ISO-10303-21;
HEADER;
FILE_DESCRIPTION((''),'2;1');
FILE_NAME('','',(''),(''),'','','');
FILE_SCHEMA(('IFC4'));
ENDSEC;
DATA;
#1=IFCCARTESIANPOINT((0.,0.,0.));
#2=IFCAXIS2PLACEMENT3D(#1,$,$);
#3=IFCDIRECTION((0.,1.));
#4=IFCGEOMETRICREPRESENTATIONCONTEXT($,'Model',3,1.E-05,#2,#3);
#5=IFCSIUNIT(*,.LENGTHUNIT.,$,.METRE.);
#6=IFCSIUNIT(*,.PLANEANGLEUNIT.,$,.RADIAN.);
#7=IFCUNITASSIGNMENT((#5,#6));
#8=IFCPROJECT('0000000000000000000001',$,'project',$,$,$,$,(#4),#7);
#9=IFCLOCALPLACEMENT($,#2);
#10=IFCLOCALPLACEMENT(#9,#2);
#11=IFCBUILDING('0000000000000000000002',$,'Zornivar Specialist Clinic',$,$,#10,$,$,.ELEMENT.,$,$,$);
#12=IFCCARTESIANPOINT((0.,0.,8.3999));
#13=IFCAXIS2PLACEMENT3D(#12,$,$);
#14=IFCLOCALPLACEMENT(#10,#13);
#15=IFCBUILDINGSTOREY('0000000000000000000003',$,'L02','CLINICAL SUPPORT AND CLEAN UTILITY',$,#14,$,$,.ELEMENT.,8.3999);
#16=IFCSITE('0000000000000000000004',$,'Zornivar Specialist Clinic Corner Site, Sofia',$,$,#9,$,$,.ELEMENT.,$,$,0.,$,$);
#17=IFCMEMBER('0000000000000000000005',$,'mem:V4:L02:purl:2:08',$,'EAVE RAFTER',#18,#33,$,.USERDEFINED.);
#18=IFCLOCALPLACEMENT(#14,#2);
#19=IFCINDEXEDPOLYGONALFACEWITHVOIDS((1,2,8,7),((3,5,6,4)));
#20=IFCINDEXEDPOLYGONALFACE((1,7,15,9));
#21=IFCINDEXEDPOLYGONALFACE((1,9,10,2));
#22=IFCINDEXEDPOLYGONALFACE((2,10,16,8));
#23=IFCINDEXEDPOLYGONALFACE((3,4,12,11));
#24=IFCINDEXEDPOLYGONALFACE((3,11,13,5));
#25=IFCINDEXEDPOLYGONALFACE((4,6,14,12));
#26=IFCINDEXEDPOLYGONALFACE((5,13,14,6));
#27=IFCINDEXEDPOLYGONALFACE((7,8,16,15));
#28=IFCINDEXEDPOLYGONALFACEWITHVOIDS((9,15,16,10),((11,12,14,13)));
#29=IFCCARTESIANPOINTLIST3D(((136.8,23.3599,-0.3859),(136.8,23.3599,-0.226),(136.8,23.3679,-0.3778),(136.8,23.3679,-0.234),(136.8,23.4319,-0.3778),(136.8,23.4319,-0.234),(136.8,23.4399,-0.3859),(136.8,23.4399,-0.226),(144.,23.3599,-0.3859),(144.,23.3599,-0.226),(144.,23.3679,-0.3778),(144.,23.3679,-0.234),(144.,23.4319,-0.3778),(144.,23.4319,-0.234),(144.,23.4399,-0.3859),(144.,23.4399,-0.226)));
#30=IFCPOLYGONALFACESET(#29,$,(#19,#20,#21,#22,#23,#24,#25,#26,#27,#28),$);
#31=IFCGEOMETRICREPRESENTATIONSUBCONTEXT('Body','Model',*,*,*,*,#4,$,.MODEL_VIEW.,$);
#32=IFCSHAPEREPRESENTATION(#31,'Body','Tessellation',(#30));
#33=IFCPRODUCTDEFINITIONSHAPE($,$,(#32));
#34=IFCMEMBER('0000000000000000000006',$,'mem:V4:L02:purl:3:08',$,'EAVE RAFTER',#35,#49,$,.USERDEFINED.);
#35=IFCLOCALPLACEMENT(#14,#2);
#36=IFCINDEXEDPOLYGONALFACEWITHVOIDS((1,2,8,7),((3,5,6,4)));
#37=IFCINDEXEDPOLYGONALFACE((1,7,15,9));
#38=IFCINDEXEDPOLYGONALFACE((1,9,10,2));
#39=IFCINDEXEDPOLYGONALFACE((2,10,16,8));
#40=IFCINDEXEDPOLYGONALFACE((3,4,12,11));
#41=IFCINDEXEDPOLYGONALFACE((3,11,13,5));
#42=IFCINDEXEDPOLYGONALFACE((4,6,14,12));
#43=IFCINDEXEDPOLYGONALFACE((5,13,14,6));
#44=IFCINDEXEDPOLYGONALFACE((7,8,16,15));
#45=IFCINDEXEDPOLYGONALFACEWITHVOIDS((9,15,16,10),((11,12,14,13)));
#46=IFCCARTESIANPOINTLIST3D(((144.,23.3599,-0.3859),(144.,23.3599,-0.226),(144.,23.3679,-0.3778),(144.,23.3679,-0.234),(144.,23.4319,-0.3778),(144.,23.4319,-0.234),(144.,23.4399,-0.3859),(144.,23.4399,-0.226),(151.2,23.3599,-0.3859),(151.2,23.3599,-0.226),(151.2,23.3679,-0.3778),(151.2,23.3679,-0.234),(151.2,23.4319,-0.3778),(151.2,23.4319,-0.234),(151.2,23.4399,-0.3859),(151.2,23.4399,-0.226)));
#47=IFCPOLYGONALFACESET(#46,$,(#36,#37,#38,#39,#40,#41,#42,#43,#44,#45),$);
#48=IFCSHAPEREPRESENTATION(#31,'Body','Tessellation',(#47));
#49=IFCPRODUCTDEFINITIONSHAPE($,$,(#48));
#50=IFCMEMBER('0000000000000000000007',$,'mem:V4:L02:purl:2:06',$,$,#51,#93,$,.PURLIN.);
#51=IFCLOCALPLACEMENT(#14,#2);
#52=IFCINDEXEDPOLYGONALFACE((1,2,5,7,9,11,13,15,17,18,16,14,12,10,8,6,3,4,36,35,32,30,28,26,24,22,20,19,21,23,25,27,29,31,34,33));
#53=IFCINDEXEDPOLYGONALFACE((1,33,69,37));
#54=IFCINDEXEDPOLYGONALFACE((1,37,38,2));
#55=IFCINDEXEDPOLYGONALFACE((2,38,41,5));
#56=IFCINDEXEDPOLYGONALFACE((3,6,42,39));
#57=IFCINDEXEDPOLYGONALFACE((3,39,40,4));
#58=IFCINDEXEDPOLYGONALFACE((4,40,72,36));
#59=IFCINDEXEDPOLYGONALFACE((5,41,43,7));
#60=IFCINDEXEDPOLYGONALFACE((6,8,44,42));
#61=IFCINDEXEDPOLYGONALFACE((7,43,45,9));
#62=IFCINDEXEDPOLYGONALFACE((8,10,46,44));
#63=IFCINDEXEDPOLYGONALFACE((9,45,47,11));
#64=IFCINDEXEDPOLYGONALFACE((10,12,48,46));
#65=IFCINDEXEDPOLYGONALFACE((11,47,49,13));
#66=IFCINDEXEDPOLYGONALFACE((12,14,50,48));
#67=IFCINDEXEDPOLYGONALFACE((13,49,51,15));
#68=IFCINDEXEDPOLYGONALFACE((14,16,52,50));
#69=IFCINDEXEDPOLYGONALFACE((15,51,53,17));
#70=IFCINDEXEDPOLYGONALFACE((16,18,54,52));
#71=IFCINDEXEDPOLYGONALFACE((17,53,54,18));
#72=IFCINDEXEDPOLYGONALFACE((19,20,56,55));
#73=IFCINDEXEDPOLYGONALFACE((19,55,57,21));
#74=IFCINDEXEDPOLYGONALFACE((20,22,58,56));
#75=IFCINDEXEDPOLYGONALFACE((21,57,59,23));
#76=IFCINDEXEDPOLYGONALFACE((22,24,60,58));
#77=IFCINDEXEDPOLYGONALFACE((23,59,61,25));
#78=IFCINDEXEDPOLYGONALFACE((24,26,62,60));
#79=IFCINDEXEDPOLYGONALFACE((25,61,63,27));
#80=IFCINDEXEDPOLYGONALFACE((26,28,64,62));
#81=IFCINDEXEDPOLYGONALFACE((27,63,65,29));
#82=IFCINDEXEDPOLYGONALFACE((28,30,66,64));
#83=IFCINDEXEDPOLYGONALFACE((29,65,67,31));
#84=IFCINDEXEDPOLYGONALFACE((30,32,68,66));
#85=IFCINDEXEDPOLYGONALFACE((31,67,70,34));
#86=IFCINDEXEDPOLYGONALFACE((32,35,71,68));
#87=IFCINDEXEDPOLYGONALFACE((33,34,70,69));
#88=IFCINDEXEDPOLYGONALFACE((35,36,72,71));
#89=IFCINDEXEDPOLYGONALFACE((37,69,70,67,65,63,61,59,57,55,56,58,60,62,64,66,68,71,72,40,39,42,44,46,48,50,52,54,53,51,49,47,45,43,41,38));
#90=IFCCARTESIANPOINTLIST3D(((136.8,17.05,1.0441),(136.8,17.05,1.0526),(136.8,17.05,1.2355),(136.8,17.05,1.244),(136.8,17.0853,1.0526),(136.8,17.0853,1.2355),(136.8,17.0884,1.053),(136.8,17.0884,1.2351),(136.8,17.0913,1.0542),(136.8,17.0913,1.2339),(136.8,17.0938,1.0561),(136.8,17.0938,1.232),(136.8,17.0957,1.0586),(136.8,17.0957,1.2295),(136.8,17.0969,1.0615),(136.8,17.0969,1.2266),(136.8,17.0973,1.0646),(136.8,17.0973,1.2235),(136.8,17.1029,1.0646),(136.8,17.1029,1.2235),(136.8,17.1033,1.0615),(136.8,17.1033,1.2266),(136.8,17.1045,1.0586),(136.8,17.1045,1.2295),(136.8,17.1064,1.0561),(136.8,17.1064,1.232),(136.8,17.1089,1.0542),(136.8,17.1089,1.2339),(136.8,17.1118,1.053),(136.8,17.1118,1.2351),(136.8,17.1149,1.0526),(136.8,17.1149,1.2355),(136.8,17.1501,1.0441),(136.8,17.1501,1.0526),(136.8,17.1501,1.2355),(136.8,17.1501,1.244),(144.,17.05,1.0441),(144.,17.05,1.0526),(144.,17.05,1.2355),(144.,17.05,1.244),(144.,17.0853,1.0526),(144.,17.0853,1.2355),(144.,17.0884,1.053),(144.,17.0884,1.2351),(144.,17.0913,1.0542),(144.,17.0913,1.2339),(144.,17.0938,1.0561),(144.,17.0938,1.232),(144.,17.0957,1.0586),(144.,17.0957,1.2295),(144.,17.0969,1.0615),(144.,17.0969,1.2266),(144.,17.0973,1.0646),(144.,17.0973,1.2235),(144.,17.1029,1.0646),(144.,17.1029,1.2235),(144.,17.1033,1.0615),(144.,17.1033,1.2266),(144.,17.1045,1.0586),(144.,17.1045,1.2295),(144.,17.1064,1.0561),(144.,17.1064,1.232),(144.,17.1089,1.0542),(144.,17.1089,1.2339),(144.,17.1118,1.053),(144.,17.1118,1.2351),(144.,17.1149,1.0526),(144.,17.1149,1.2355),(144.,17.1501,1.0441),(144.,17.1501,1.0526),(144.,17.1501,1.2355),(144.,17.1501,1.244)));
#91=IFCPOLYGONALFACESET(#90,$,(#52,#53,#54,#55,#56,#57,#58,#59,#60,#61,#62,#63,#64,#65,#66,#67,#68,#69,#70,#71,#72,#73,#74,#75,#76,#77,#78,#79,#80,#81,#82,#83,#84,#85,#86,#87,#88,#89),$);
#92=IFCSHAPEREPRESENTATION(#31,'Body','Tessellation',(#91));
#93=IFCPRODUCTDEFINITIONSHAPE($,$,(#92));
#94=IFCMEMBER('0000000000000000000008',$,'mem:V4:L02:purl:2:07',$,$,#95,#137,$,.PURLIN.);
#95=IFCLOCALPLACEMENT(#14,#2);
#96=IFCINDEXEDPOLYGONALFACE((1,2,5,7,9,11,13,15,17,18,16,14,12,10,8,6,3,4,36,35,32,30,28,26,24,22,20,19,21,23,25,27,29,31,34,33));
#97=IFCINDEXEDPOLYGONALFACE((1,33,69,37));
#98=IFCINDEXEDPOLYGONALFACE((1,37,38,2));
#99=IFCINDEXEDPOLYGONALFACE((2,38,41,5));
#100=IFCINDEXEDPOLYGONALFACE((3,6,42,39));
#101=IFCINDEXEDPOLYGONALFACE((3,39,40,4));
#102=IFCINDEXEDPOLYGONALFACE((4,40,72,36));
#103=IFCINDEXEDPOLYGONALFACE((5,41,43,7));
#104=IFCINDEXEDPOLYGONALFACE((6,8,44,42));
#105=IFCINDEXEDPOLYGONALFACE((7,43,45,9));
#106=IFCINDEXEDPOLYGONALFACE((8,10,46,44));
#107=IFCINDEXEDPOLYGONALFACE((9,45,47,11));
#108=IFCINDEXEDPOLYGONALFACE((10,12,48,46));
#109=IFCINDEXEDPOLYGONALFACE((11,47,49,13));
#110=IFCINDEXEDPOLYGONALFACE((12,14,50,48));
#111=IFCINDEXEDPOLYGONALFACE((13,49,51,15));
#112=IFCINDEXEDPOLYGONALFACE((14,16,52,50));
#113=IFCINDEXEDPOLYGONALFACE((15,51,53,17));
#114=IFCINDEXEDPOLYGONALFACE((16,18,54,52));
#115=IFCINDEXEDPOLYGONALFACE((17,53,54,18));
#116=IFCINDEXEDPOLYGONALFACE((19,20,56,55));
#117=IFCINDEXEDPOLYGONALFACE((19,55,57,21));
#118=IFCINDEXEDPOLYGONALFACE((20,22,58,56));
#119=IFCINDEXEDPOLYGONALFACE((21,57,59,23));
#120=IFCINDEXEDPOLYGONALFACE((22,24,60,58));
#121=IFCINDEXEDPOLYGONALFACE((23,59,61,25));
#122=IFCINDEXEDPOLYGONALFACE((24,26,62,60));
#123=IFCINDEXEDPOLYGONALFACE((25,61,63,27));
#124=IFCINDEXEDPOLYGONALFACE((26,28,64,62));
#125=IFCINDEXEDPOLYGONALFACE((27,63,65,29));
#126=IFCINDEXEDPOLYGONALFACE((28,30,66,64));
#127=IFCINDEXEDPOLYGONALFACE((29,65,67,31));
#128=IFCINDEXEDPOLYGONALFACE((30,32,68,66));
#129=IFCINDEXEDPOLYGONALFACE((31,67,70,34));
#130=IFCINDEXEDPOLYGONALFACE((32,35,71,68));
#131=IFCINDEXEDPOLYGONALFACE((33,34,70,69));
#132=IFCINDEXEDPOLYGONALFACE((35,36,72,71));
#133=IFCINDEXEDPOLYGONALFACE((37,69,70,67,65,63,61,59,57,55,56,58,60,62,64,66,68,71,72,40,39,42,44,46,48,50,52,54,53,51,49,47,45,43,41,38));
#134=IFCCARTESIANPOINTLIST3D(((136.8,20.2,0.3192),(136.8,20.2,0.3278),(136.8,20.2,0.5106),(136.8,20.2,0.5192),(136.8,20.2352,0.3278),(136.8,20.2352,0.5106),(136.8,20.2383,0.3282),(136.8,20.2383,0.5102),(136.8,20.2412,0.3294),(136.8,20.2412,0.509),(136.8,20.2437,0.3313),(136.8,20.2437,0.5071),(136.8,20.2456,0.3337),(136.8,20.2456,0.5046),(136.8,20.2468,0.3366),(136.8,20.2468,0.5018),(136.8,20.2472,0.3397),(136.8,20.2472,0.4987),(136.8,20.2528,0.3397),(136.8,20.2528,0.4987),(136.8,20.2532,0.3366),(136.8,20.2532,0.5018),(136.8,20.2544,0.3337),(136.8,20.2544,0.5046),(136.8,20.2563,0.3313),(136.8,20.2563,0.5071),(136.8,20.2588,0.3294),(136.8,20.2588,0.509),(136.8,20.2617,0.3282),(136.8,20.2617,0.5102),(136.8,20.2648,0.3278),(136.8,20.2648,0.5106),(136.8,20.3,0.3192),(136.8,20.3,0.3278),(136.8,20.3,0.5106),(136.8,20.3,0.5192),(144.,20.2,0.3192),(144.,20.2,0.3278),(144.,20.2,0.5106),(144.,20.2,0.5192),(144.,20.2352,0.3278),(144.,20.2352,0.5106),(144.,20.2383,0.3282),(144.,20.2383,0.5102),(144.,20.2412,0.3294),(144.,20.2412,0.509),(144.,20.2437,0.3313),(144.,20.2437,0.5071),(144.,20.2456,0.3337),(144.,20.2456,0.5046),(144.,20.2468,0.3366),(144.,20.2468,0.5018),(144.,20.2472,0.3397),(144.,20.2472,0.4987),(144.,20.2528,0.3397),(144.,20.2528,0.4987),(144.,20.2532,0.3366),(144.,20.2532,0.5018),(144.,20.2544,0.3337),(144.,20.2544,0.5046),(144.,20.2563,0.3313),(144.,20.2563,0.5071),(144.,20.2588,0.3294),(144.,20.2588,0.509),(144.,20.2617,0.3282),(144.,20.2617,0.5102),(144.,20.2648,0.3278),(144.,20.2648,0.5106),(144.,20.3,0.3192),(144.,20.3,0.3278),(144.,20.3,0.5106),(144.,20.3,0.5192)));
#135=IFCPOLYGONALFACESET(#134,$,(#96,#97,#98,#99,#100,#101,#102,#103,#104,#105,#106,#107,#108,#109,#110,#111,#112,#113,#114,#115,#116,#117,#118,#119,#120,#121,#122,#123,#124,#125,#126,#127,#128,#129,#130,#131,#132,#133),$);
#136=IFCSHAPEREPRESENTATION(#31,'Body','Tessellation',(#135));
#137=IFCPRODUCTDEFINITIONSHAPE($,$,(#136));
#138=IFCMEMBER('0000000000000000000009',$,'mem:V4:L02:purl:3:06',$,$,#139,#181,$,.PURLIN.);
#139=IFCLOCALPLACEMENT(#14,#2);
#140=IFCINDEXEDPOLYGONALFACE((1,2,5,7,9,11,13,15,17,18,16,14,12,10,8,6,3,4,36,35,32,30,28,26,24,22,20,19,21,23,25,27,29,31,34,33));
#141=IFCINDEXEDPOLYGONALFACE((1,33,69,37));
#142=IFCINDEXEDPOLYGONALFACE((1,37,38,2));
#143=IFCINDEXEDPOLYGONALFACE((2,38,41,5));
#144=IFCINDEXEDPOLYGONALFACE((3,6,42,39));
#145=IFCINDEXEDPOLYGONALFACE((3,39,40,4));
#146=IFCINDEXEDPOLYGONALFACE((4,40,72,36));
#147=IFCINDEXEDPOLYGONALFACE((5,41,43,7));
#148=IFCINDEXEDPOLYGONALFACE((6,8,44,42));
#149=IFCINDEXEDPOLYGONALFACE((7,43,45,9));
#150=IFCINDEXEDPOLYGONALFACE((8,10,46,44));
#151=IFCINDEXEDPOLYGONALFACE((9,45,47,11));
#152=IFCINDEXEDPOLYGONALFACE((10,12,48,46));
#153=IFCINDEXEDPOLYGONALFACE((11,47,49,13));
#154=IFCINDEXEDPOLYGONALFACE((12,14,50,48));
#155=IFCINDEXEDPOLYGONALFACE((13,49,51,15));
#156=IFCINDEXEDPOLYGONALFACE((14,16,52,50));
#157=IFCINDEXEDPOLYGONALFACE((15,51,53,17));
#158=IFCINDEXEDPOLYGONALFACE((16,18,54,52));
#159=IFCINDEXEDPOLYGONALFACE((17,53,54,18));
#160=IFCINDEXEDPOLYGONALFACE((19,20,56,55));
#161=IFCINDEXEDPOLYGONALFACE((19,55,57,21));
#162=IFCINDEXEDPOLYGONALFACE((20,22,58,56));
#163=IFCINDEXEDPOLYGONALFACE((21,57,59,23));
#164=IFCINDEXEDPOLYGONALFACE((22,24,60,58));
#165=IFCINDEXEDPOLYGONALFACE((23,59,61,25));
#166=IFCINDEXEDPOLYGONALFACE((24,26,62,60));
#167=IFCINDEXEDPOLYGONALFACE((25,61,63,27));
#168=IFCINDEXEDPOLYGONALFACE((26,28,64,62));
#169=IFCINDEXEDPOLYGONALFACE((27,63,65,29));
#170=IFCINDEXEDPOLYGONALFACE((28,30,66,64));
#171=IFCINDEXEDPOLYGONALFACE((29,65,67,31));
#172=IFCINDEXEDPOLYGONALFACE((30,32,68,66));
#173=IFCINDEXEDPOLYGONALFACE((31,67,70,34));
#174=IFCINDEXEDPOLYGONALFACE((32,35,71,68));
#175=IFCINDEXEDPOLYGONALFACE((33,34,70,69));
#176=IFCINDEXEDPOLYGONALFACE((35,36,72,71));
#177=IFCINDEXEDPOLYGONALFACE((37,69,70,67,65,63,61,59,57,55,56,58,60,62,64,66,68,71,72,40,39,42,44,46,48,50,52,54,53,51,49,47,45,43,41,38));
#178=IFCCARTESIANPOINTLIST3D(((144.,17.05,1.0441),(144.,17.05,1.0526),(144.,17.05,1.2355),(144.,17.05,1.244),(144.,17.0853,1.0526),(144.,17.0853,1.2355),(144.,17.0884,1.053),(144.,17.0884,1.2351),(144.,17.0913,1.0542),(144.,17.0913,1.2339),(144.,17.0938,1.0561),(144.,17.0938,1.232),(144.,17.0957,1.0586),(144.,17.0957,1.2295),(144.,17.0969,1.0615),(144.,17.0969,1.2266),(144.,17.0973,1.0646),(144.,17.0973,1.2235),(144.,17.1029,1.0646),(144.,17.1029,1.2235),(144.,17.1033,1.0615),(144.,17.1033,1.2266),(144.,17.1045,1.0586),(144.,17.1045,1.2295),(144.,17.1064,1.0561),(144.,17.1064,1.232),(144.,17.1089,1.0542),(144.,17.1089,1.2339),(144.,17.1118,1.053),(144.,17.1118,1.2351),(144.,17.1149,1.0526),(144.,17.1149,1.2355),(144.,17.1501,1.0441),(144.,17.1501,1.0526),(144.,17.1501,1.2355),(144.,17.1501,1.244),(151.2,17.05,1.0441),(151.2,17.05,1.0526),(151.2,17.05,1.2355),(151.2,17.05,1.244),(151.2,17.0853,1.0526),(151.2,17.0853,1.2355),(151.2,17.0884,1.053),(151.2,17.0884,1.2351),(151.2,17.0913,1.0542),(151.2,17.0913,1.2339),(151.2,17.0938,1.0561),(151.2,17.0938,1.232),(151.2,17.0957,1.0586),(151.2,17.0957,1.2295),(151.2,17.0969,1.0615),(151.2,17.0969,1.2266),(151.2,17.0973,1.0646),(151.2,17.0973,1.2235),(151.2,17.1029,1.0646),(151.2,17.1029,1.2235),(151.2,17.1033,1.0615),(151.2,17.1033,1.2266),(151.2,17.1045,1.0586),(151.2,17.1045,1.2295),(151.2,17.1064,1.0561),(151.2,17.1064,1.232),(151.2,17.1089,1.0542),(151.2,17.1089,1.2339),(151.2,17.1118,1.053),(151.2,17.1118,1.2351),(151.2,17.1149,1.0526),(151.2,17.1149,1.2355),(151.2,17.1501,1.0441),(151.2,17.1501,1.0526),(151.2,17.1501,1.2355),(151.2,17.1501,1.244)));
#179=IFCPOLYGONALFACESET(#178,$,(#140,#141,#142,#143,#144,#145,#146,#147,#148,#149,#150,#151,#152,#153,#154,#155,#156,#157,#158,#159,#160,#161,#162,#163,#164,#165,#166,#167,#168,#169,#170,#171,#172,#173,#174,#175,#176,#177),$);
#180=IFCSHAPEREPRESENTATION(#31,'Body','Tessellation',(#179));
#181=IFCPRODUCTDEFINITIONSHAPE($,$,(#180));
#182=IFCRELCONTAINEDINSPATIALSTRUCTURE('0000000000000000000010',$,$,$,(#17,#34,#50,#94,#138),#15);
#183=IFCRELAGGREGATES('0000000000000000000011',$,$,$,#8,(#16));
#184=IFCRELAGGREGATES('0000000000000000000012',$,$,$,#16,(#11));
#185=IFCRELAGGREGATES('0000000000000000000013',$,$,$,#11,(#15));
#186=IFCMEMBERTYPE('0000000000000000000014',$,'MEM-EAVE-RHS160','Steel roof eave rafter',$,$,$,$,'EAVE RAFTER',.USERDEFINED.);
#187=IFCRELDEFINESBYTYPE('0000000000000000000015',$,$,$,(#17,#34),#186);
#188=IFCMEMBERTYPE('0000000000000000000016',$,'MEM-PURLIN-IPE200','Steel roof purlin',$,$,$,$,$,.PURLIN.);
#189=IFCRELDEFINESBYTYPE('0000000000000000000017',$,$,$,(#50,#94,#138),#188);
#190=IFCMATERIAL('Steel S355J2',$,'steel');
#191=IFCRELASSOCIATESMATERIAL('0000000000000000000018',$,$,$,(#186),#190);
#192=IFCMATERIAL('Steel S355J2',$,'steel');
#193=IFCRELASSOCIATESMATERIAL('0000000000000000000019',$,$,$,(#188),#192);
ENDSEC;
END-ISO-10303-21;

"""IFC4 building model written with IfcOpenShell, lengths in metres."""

from ifc_helpers import new_model, si_unit, direction, frame, origin, origin_2d, place, context, subcontext, project, spatial, hollow_rectangle, i_section, extrude, material, material_profile, profile_set, type_object, element, save


model = new_model("IFC4")

# Units and contexts
model_context = context("Model", 3, precision=1e-05, world=origin(), true_north=direction((0.0, 1.0)))
body_context = subcontext(model_context, "Body", "Model", "MODEL_VIEW")
ifc_project = project(units=[si_unit("LENGTHUNIT", "METRE"), si_unit("PLANEANGLEUNIT", "RADIAN")], contexts=[model_context])

# Site, building, storey
site_placement = place(None, origin())
site = spatial("IfcSite", under=ifc_project, at=site_placement, Name="Zornivar Specialist Clinic Corner Site, Sofia", CompositionType="ELEMENT", RefElevation=0.0)
building_placement = place(site_placement, origin())
building = spatial("IfcBuilding", under=site, at=building_placement, Name="Zornivar Specialist Clinic", CompositionType="ELEMENT")
storey_placement = place(building_placement, frame((0.0, 0.0, 8.3999)))
storey = spatial("IfcBuildingStorey", under=building, at=storey_placement, Name="L02", Description="CLINICAL SUPPORT AND CLEAN UTILITY", CompositionType="ELEMENT", Elevation=8.3999)

# Members
ifc_material_1 = material(Name="Steel S355J2", Category="steel")
ifc_material_profile_1 = material_profile(ifc_material_1, hollow_rectangle(XDim=0.0801, YDim=0.1599, WallThickness=0.0081, at=origin_2d()), Name="RHS 160x80x8")
ifc_profile_set_1 = profile_set([ifc_material_profile_1], Name="Steel S355J2")
member_type_1 = type_object("IfcMemberType", Name="MEM-EAVE-RHS160", Description="Steel roof eave rafter", ElementType="EAVE RAFTER", PredefinedType="USERDEFINED", material=ifc_profile_set_1)
for number, where, z_axis, x_axis, name in (
    (1, (136.8, 23.3999, -0.3059), (1.0, 0.0, 0.0), (0.0, 1.0, 0.0), "mem:V4:L02:purl:2:08"),
    (2, (144.0, 23.3999, -0.3059), (1.0, 0.0, 0.0), (0.0, 1.0, 0.0), "mem:V4:L02:purl:3:08"),
):
    element("IfcMember", number, at=place(storey_placement, frame(where, z_axis=z_axis, x_axis=x_axis)), inside=storey, type_object=member_type_1, Name=name, ObjectType="EAVE RAFTER", PredefinedType="USERDEFINED", context=body_context, shape_type="SweptSolid", body=[
        extrude(hollow_rectangle(XDim=0.0801, YDim=0.1599, WallThickness=0.0081, at=origin_2d()), origin(), (0.0, 0.0, 1.0), 7.2),
    ])
ifc_material_2 = material(Name="Steel S355J2", Category="steel")
ifc_material_profile_2 = material_profile(ifc_material_2, i_section(OverallWidth=0.1001, OverallDepth=0.2, WebThickness=0.0056, FlangeThickness=0.0085, FilletRadius=0.012, at=origin_2d()), Name="IPE 200")
ifc_profile_set_2 = profile_set([ifc_material_profile_2], Name="Steel S355J2")
member_type_2 = type_object("IfcMemberType", Name="MEM-PURLIN-IPE200", Description="Steel roof purlin", PredefinedType="PURLIN", material=ifc_profile_set_2)
for number, where, z_axis, x_axis, name in (
    (3, (136.8, 17.1001, 1.144), (1.0, 0.0, 0.0), (0.0, 1.0, 0.0), "mem:V4:L02:purl:2:06"),
    (4, (136.8, 20.25, 0.4192), (1.0, 0.0, 0.0), (0.0, 1.0, 0.0), "mem:V4:L02:purl:2:07"),
    (5, (144.0, 17.1001, 1.144), (1.0, 0.0, 0.0), (0.0, 1.0, 0.0), "mem:V4:L02:purl:3:06"),
):
    element("IfcMember", number, at=place(storey_placement, frame(where, z_axis=z_axis, x_axis=x_axis)), inside=storey, type_object=member_type_2, Name=name, PredefinedType="PURLIN", context=body_context, shape_type="SweptSolid", body=[
        extrude(i_section(OverallWidth=0.1001, OverallDepth=0.2, WebThickness=0.0056, FlangeThickness=0.0085, FilletRadius=0.012, at=origin_2d()), origin(), (0.0, 0.0, 1.0), 7.2),
    ])

save(model, "model.ifc")
